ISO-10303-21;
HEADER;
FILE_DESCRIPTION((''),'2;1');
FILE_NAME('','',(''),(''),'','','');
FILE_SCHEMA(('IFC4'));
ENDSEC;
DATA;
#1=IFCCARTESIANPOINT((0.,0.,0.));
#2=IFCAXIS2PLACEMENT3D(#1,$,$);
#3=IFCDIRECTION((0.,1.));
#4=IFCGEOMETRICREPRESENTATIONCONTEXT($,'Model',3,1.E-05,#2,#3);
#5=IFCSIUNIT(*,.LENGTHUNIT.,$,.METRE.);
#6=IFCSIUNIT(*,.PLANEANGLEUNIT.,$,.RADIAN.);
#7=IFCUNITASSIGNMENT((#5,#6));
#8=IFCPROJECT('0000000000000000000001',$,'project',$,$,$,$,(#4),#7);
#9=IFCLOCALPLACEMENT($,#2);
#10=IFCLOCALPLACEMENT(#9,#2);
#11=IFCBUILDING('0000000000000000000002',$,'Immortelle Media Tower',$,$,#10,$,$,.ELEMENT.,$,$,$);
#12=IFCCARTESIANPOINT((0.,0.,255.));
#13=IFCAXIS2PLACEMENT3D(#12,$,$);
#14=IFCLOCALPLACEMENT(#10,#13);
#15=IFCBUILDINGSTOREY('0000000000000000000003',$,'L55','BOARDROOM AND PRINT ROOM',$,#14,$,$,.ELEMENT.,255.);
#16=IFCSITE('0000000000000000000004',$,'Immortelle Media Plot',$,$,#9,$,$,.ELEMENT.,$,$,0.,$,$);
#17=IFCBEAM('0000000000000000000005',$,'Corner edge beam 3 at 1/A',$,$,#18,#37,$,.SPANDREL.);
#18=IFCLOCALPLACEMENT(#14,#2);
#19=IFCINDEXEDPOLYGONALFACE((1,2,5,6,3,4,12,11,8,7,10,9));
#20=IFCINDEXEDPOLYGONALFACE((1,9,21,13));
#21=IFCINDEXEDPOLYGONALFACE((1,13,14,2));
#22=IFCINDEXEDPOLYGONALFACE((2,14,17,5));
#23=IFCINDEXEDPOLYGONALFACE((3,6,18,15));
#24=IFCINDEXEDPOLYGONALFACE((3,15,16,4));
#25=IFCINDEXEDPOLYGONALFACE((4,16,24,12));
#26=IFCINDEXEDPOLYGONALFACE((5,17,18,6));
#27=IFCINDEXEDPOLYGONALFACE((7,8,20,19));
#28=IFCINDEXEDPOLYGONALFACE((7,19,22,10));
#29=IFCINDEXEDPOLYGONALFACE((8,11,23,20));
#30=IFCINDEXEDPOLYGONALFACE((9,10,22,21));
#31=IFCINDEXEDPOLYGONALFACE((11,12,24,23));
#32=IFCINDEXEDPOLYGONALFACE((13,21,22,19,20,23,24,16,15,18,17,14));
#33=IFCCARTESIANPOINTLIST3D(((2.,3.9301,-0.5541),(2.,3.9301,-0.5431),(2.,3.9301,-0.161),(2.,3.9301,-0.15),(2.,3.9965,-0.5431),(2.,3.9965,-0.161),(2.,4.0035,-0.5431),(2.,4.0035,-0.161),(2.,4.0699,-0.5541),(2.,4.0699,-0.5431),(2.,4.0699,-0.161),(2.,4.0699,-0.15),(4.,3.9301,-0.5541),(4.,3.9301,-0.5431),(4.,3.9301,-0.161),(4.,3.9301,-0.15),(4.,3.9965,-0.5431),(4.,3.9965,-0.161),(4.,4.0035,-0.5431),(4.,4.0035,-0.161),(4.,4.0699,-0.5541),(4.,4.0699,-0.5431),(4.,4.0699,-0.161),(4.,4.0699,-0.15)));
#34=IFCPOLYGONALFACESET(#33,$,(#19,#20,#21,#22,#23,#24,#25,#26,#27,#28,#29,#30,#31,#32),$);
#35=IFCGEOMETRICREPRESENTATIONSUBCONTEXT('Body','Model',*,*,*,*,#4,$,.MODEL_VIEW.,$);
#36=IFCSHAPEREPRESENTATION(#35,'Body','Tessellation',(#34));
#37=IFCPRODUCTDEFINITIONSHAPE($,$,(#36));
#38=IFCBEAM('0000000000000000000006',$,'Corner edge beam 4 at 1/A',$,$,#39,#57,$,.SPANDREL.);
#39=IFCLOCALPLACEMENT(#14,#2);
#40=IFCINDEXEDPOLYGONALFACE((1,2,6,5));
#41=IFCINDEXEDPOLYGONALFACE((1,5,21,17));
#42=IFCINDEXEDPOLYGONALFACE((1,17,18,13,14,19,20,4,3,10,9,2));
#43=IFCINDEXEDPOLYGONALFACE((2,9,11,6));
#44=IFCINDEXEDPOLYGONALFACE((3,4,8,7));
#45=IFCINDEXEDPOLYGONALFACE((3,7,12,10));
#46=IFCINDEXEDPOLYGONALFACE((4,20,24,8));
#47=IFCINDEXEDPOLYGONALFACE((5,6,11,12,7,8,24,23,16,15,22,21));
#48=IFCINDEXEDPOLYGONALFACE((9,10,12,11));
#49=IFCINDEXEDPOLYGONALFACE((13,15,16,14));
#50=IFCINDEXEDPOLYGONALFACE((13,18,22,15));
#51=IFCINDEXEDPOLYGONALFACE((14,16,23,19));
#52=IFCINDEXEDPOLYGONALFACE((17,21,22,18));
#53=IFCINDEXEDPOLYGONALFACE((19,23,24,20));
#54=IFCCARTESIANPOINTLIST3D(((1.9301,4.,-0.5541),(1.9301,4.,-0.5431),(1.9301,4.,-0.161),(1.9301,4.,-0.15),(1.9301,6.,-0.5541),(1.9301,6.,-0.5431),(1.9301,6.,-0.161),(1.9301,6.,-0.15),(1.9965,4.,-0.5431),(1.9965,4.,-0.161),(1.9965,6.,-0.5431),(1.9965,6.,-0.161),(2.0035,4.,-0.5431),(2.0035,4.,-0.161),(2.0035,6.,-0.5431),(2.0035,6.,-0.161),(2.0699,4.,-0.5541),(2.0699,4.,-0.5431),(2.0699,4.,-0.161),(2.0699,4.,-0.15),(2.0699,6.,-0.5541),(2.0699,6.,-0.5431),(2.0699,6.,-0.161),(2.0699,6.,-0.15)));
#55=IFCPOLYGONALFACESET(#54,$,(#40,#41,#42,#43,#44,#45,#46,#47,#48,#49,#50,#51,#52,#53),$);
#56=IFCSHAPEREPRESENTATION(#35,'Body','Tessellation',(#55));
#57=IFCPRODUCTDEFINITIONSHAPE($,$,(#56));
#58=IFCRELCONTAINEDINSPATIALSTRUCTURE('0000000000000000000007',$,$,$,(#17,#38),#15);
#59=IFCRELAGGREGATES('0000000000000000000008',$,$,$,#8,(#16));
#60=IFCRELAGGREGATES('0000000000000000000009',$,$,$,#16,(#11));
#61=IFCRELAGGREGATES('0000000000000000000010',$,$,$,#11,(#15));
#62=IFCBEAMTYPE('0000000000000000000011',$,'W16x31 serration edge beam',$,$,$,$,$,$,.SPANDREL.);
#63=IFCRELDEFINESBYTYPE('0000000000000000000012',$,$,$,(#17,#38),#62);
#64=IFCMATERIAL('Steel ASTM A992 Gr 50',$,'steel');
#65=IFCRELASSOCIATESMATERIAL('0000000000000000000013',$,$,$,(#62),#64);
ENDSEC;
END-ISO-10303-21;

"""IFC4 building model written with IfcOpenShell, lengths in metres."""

from ifc_helpers import new_model, si_unit, direction, frame, origin, origin_2d, place, context, subcontext, project, spatial, i_section, extrude, material, material_profile, profile_set, type_object, element, save


model = new_model("IFC4")

# Units and contexts
model_context = context("Model", 3, precision=1e-05, world=origin(), true_north=direction((0.0, 1.0)))
body_context = subcontext(model_context, "Body", "Model", "MODEL_VIEW")
ifc_project = project(units=[si_unit("LENGTHUNIT", "METRE"), si_unit("PLANEANGLEUNIT", "RADIAN")], contexts=[model_context])

# Site, building, storey
site_placement = place(None, origin())
site = spatial("IfcSite", under=ifc_project, at=site_placement, Name="Immortelle Media Plot", CompositionType="ELEMENT", RefElevation=0.0)
building_placement = place(site_placement, origin())
building = spatial("IfcBuilding", under=site, at=building_placement, Name="Immortelle Media Tower", CompositionType="ELEMENT")
storey_placement = place(building_placement, frame((0.0, 0.0, 255.0)))
storey = spatial("IfcBuildingStorey", under=building, at=storey_placement, Name="L55", Description="BOARDROOM AND PRINT ROOM", CompositionType="ELEMENT", Elevation=255.0)

# Beams
ifc_material_1 = material(Name="Steel ASTM A992 Gr 50", Category="steel")
ifc_material_profile = material_profile(ifc_material_1, i_section(OverallWidth=0.1399, OverallDepth=0.4041, WebThickness=0.0071, FlangeThickness=0.011, at=origin_2d()), Name="W16x31")
ifc_profile_set = profile_set([ifc_material_profile], Name="Steel ASTM A992 Gr 50")
beam_type = type_object("IfcBeamType", Name="W16x31 serration edge beam", PredefinedType="SPANDREL", material=ifc_profile_set)
for number, where, z_axis, x_axis, name in (
    (1, (4.0, 4.0, -0.3521), (-1.0, 0.0, 0.0), (0.0, -1.0, 0.0), "Corner edge beam 3 at 1/A"),
    (2, (2.0, 4.0, -0.3521), (0.0, 1.0, 0.0), (-1.0, 0.0, 0.0), "Corner edge beam 4 at 1/A"),
):
    element("IfcBeam", number, at=place(storey_placement, frame(where, z_axis=z_axis, x_axis=x_axis)), inside=storey, type_object=beam_type, Name=name, PredefinedType="SPANDREL", context=body_context, shape_type="SweptSolid", body=[
        extrude(i_section(OverallWidth=0.1399, OverallDepth=0.4041, WebThickness=0.0071, FlangeThickness=0.011, at=origin_2d()), origin(), (0.0, 0.0, 1.0), 2.0),
    ])

save(model, "model.ifc")
